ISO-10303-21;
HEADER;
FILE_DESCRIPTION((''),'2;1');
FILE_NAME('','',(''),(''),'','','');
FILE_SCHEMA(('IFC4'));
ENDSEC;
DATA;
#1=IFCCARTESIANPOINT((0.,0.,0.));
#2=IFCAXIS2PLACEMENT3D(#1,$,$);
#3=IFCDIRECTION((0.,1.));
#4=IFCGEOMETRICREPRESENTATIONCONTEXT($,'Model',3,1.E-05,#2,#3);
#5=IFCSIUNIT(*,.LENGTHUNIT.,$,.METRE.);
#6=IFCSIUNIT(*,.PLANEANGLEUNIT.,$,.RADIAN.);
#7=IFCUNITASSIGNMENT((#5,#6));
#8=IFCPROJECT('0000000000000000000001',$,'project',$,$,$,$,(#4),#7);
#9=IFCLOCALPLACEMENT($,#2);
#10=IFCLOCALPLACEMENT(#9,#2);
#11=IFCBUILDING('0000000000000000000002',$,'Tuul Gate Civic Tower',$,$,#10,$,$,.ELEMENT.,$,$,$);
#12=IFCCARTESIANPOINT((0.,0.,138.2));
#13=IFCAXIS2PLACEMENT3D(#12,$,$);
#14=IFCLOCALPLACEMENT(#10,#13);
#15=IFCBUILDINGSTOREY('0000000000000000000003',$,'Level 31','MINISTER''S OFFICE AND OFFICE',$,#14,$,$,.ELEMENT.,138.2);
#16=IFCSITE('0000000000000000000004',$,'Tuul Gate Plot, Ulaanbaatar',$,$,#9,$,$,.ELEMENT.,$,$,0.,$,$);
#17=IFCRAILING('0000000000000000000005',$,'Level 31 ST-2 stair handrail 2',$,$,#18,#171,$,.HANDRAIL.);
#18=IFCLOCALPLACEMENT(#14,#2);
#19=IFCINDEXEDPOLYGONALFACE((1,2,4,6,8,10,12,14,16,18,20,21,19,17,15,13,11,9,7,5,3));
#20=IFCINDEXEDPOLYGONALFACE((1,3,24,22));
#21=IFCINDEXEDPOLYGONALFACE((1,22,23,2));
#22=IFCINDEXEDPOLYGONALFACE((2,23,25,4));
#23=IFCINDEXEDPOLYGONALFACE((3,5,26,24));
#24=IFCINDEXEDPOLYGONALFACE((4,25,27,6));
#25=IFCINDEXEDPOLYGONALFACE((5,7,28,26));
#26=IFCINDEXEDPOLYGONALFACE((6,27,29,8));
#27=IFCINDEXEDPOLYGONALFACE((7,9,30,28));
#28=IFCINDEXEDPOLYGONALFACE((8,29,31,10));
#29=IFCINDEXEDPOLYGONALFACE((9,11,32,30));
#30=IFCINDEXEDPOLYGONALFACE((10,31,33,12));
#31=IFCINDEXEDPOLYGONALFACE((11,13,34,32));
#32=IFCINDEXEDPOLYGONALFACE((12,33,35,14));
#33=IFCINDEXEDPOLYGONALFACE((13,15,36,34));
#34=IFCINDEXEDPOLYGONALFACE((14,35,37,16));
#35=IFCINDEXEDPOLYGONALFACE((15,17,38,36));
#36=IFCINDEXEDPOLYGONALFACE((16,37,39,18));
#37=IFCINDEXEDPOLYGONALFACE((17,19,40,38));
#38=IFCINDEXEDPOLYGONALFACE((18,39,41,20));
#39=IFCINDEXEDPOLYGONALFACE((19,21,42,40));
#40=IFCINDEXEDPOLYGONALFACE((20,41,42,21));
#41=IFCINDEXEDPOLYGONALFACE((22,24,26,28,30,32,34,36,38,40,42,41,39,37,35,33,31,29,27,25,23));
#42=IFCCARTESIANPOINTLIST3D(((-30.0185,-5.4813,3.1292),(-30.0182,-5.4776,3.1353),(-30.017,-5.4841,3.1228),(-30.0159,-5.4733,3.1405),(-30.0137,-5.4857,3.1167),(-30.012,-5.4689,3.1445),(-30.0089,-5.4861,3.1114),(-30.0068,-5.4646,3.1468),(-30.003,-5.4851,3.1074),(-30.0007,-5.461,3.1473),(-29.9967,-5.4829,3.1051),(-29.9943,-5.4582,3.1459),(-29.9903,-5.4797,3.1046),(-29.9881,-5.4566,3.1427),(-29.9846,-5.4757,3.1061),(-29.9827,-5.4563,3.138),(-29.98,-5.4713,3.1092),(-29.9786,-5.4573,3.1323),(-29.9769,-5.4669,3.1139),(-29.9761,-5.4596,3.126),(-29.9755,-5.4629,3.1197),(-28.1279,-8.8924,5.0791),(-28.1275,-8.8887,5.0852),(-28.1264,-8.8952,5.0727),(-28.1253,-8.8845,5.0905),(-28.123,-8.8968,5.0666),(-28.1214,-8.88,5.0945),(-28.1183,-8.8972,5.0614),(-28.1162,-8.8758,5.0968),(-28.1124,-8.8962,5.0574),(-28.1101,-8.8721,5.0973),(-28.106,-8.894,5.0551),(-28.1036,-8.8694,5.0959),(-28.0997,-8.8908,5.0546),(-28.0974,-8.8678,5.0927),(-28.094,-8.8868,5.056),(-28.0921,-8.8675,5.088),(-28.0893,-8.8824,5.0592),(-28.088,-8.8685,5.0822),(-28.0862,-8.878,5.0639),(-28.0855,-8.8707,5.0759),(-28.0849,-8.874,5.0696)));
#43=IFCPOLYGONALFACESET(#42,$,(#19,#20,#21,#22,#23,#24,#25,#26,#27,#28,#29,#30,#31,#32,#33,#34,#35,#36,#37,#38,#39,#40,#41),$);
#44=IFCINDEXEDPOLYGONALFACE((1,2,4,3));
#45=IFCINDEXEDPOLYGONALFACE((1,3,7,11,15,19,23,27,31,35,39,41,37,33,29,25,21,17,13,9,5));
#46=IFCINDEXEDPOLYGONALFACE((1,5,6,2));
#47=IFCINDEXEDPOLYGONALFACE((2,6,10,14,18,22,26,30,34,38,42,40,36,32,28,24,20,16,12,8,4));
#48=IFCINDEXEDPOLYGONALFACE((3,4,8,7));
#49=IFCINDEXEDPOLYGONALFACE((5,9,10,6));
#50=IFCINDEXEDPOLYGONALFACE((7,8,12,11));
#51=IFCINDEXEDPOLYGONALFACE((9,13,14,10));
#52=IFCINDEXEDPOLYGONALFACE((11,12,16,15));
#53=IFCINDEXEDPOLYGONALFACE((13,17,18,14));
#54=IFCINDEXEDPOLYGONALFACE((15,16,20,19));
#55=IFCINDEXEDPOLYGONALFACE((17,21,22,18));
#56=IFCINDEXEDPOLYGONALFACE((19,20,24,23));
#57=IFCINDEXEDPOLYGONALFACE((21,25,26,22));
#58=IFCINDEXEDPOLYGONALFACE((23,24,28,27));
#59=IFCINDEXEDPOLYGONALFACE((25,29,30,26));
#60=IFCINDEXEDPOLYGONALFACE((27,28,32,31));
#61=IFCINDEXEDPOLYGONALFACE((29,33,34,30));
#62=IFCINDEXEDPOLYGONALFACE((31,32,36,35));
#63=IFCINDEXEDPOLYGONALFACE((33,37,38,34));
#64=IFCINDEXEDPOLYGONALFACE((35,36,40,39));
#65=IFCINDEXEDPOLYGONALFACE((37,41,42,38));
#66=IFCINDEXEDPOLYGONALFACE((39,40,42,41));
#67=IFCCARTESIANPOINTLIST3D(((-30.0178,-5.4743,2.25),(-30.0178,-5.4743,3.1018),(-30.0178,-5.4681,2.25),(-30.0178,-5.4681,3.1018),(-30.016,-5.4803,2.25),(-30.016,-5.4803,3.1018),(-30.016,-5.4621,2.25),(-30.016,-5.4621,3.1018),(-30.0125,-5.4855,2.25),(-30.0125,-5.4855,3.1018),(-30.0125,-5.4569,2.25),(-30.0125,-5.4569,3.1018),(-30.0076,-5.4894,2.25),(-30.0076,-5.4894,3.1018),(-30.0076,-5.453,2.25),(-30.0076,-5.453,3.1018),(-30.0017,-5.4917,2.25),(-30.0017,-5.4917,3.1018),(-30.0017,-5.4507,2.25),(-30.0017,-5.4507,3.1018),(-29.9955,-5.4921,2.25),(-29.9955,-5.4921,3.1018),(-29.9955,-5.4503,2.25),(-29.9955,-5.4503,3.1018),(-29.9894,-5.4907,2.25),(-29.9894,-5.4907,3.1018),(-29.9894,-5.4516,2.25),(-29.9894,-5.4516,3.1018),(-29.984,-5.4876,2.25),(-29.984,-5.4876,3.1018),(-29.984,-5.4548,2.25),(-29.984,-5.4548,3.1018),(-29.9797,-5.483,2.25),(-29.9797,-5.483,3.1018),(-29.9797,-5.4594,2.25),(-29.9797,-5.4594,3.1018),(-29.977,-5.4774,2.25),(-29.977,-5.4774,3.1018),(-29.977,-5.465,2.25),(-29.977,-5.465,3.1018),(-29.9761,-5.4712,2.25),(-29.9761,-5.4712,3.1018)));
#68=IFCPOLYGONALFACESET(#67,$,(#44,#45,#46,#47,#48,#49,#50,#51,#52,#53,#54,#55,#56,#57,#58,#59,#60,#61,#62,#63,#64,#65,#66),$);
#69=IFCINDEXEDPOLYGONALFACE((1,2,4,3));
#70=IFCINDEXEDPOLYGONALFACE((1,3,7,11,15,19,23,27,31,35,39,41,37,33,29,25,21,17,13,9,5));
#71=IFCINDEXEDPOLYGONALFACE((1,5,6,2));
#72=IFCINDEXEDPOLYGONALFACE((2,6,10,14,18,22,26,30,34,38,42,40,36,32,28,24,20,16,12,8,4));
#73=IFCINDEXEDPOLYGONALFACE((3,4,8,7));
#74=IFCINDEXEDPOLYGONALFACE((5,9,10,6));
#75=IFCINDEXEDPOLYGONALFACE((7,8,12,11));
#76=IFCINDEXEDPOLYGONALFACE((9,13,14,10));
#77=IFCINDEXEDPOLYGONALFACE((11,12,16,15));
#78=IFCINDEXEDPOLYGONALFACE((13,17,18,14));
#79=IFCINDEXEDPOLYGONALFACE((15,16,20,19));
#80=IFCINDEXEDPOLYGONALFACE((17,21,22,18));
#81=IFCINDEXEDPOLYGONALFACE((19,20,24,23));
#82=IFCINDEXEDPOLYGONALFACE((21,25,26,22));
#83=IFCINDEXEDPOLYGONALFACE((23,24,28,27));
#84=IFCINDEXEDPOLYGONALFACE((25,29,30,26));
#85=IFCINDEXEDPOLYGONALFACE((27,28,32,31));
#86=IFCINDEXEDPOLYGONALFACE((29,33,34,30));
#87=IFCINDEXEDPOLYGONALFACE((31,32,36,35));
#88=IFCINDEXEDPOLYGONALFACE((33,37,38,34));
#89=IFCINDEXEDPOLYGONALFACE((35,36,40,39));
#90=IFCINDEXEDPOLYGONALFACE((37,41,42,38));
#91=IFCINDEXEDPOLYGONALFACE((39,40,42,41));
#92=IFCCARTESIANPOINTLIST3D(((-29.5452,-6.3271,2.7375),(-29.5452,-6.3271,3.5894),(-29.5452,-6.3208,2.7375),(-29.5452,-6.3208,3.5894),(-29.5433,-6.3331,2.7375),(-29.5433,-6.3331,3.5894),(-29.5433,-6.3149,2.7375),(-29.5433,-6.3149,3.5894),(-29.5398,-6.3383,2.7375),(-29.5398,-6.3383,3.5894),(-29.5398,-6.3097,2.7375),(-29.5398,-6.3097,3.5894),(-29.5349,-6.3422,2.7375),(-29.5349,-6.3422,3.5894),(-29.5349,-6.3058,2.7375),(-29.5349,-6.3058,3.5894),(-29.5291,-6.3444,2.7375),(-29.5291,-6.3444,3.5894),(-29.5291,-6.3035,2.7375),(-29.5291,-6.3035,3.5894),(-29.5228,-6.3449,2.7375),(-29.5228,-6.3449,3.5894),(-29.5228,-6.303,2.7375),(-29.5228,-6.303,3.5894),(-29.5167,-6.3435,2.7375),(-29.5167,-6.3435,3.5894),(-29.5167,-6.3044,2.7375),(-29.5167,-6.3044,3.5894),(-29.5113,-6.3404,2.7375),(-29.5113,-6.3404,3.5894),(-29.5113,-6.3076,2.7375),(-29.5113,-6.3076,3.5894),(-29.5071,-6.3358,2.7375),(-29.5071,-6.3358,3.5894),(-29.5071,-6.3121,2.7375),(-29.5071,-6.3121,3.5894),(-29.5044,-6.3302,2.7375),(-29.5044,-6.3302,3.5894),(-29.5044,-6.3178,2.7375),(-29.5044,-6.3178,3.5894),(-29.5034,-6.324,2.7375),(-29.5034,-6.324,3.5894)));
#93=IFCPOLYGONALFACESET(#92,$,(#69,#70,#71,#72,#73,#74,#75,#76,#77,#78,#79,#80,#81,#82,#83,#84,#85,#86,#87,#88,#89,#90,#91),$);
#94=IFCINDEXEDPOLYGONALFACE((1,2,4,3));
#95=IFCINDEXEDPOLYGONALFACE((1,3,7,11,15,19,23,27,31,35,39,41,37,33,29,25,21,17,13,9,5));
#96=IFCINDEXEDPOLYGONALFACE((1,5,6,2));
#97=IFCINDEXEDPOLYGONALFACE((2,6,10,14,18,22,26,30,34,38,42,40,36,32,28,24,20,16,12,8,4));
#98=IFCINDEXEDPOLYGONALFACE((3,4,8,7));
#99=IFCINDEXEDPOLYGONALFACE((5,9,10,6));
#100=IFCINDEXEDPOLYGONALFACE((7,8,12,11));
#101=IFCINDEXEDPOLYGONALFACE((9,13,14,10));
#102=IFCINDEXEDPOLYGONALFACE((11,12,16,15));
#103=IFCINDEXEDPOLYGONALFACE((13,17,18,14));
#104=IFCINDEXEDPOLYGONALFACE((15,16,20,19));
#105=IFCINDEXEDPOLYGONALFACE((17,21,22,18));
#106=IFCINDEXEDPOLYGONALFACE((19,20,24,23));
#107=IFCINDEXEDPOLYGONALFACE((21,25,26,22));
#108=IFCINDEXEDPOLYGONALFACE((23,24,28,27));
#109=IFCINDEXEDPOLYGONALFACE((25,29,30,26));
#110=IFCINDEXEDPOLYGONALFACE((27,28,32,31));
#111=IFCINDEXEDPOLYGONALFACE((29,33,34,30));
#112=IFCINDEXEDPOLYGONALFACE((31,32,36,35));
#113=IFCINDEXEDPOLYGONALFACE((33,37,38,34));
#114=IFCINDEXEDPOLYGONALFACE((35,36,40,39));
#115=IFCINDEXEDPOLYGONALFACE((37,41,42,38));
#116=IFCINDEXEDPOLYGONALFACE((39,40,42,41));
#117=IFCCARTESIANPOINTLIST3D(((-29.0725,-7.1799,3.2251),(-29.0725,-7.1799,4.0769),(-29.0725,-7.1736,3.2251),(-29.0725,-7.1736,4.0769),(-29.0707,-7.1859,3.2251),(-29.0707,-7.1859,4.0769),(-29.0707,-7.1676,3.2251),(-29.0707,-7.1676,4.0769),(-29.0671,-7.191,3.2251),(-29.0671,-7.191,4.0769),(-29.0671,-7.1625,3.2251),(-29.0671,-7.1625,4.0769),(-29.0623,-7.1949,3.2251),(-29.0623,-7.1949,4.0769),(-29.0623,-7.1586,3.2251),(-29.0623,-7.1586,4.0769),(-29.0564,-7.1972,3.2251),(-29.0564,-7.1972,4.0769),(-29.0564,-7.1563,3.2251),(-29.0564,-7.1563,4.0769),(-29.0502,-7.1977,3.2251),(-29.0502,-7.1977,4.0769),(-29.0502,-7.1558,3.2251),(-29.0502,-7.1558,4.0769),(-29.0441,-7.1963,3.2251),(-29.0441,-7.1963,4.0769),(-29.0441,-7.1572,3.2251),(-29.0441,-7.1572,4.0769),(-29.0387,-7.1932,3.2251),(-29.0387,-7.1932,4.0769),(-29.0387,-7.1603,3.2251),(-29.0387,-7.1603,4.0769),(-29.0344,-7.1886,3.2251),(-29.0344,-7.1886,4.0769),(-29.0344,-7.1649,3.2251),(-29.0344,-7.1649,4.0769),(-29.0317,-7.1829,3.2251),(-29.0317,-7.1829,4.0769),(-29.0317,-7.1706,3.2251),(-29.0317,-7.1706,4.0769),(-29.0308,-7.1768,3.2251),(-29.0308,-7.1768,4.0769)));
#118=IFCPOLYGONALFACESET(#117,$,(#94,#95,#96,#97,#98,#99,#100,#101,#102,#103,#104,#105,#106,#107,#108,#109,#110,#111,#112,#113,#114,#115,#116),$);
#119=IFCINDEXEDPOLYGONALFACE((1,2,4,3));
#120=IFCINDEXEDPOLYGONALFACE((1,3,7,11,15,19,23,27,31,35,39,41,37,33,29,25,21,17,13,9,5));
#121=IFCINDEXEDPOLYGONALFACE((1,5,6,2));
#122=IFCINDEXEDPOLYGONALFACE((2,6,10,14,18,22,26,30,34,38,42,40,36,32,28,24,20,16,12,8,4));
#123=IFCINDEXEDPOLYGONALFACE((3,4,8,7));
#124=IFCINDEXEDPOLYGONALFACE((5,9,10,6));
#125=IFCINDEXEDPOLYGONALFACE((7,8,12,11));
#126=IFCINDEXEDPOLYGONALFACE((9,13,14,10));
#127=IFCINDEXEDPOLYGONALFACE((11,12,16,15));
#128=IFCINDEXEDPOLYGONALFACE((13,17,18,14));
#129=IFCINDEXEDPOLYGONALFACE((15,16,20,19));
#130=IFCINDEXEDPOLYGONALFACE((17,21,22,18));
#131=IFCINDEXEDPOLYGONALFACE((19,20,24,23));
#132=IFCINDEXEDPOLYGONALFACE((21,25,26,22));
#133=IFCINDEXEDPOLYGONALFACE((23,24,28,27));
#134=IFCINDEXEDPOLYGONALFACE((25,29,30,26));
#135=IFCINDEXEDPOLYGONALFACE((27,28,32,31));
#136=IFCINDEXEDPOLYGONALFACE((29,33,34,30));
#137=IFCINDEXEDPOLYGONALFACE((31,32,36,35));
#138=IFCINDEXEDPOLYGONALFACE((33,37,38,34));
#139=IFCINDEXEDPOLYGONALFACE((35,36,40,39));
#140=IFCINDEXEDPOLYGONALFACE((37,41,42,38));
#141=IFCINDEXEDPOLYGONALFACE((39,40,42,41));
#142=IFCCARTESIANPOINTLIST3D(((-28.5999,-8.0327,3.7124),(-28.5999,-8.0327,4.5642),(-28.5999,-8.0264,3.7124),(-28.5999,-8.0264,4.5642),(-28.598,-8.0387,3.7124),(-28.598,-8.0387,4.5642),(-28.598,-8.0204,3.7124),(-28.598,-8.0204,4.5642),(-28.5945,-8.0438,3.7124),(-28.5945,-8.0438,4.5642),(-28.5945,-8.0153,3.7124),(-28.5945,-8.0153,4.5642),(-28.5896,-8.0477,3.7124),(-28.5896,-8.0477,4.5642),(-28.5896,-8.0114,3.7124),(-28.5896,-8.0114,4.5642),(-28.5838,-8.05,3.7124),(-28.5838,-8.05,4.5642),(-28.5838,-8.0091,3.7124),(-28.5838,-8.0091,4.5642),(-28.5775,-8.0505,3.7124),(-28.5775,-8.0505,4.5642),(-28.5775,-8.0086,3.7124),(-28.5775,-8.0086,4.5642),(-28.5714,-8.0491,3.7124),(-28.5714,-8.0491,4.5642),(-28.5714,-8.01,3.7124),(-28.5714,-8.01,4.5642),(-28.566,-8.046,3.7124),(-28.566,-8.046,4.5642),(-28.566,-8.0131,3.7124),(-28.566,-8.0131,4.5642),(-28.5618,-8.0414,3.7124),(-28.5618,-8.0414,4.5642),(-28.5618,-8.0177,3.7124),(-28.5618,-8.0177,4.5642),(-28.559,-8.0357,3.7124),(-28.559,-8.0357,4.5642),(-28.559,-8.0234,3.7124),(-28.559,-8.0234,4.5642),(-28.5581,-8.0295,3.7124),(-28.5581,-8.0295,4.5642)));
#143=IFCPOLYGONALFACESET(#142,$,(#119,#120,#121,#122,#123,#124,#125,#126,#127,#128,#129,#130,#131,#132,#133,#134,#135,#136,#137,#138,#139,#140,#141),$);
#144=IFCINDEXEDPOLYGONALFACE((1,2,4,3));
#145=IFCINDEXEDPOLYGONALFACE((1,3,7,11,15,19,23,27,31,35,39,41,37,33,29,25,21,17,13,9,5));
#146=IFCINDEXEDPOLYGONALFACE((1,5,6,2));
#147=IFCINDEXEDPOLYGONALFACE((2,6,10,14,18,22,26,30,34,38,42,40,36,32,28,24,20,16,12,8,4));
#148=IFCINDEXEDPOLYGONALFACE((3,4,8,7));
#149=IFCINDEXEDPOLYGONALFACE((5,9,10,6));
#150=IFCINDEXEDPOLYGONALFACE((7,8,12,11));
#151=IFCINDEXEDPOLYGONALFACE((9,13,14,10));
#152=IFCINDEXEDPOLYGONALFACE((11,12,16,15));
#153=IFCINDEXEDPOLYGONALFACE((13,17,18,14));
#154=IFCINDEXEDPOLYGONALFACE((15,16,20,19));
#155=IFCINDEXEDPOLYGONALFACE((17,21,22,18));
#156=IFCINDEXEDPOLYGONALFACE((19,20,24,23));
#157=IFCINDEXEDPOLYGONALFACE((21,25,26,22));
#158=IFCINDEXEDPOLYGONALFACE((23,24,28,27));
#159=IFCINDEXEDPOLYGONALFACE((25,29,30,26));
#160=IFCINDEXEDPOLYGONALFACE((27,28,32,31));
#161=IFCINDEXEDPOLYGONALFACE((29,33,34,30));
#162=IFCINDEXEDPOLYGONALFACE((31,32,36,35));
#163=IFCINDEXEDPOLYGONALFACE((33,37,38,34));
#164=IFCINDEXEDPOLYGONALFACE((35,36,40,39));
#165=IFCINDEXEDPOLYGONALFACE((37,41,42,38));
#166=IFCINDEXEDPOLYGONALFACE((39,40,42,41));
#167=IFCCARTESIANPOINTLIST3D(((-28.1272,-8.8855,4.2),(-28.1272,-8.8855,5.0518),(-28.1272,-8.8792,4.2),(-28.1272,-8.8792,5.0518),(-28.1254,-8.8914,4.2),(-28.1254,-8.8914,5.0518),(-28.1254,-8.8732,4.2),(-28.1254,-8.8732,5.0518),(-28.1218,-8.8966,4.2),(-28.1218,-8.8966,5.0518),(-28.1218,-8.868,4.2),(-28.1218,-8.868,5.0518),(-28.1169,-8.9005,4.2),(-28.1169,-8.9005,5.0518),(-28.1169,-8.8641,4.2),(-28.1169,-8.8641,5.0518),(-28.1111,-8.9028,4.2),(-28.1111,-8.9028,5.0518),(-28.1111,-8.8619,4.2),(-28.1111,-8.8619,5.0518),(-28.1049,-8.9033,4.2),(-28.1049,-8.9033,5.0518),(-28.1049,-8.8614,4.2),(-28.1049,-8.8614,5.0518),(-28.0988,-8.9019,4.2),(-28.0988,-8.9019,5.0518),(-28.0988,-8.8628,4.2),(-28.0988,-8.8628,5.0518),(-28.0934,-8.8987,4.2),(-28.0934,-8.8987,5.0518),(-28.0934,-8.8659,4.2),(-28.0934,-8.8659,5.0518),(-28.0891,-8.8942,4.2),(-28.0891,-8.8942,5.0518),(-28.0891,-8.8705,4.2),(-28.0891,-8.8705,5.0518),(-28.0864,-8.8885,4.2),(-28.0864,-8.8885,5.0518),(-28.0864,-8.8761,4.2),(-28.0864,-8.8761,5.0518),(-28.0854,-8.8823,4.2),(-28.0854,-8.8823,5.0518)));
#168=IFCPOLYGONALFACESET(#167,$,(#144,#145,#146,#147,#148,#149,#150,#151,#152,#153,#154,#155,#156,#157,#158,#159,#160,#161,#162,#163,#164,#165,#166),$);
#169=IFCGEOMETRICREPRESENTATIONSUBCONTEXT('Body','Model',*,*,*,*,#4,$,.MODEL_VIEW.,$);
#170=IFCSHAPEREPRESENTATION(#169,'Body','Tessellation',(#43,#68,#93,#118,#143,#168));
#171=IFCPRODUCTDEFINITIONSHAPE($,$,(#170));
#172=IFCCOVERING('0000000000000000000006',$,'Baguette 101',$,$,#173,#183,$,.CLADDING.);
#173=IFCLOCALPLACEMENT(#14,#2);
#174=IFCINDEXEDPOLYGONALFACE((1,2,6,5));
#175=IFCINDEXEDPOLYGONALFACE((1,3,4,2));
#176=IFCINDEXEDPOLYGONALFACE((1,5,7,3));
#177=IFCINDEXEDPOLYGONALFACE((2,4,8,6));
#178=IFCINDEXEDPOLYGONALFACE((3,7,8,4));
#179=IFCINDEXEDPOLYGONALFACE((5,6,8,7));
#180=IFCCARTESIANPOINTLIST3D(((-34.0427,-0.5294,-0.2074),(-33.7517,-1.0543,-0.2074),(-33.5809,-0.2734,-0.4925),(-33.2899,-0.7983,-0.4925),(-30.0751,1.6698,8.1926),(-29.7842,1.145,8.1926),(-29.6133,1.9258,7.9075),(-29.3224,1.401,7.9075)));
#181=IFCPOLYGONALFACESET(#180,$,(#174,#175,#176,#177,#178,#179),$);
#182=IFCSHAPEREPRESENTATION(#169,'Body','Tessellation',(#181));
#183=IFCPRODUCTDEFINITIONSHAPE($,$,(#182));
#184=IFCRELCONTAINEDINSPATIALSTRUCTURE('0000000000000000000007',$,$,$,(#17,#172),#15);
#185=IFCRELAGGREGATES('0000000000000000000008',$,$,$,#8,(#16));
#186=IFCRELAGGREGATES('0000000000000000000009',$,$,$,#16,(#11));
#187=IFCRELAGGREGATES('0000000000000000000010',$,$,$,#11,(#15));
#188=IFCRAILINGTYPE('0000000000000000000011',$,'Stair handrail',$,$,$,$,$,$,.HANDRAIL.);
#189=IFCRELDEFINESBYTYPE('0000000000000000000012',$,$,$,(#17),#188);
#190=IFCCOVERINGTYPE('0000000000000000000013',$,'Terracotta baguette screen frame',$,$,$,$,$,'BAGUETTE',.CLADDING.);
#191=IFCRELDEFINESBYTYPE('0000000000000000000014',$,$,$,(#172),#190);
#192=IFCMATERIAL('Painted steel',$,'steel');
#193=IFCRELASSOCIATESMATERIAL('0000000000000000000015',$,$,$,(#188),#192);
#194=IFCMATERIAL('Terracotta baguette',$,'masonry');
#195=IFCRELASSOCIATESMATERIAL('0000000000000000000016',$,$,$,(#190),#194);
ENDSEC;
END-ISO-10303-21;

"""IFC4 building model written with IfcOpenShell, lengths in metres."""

from ifc_helpers import new_model, si_unit, direction, frame, origin, origin_2d, place, context, subcontext, project, spatial, rectangle, circle, extrude, material, material_profile, profile_set, type_object, element, save


model = new_model("IFC4")

# Units and contexts
model_context = context("Model", 3, precision=1e-05, world=origin(), true_north=direction((0.0, 1.0)))
body_context = subcontext(model_context, "Body", "Model", "MODEL_VIEW")
ifc_project = project(units=[si_unit("LENGTHUNIT", "METRE"), si_unit("PLANEANGLEUNIT", "RADIAN")], contexts=[model_context])

# Site, building, storey
site_placement = place(None, origin())
site = spatial("IfcSite", under=ifc_project, at=site_placement, Name="Tuul Gate Plot, Ulaanbaatar", CompositionType="ELEMENT", RefElevation=0.0)
building_placement = place(site_placement, origin())
building = spatial("IfcBuilding", under=site, at=building_placement, Name="Tuul Gate Civic Tower", CompositionType="ELEMENT")
storey_placement = place(building_placement, frame((0.0, 0.0, 138.2)))
storey = spatial("IfcBuildingStorey", under=building, at=storey_placement, Name="Level 31", Description="MINISTER'S OFFICE AND OFFICE", CompositionType="ELEMENT", Elevation=138.2)

# Railing
ifc_material_1 = material(Name="Painted steel", Category="steel")
railing_type_1 = type_object("IfcRailingType", Name="Stair handrail", PredefinedType="HANDRAIL", material=ifc_material_1)
railing_1_placement = place(storey_placement, frame((-29.9971, -5.4712, 2.25)))
element("IfcRailing", 1, at=railing_1_placement, inside=storey, type_object=railing_type_1, Name="Level 31 ST-2 stair handrail 2", PredefinedType="HANDRAIL", context=body_context, shape_type="SweptSolid", body=[
    extrude(circle(Radius=0.0239, at=origin_2d()), frame((0.0, 0.0, 0.876), z_axis=(0.433595, -0.782308, 0.447201), x_axis=(0.874641, 0.484771, 0.0)), (0.0, 0.0, 1.0), 4.3604),
    extrude(circle(Radius=0.021, at=origin_2d()), origin(), (0.0, 0.0, 1.0), 0.8518),
    extrude(circle(Radius=0.021, at=origin_2d()), frame((0.4727, -0.8528, 0.4875)), (0.0, 0.0, 1.0), 0.8518),
    extrude(circle(Radius=0.021, at=origin_2d()), frame((0.9453, -1.7056, 0.9751)), (0.0, 0.0, 1.0), 0.8518),
    extrude(circle(Radius=0.021, at=origin_2d()), frame((1.418, -2.5583, 1.4624)), (0.0, 0.0, 1.0), 0.8518),
    extrude(circle(Radius=0.021, at=origin_2d()), frame((1.8906, -3.4111, 1.95)), (0.0, 0.0, 1.0), 0.8518),
])

# Covering
ifc_material_2 = material(Name="Terracotta baguette", Category="masonry")
ifc_material_profile = material_profile(ifc_material_2, rectangle(XDim=0.6001, YDim=0.6001, at=origin_2d()), Name="Terracotta baguette screen frame")
ifc_profile_set = profile_set([ifc_material_profile], Name="Terracotta baguette")
covering_type = type_object("IfcCoveringType", Name="Terracotta baguette screen frame", ElementType="BAGUETTE", PredefinedType="CLADDING", material=ifc_profile_set)
covering_placement = place(storey_placement, frame((-29.6987, 1.5354, 8.05), z_axis=(-0.415599, -0.230368, -0.879891), x_axis=(0.484806, -0.874621, 0.0)))
element("IfcCovering", 2, at=covering_placement, inside=storey, type_object=covering_type, Name="Baguette 101", PredefinedType="CLADDING", context=body_context, shape_type="SweptSolid", body=[
    extrude(rectangle(XDim=0.6001, YDim=0.6001, at=origin_2d()), origin(), (0.0, 0.0, 1.0), 9.5466),
])

save(model, "model.ifc")
